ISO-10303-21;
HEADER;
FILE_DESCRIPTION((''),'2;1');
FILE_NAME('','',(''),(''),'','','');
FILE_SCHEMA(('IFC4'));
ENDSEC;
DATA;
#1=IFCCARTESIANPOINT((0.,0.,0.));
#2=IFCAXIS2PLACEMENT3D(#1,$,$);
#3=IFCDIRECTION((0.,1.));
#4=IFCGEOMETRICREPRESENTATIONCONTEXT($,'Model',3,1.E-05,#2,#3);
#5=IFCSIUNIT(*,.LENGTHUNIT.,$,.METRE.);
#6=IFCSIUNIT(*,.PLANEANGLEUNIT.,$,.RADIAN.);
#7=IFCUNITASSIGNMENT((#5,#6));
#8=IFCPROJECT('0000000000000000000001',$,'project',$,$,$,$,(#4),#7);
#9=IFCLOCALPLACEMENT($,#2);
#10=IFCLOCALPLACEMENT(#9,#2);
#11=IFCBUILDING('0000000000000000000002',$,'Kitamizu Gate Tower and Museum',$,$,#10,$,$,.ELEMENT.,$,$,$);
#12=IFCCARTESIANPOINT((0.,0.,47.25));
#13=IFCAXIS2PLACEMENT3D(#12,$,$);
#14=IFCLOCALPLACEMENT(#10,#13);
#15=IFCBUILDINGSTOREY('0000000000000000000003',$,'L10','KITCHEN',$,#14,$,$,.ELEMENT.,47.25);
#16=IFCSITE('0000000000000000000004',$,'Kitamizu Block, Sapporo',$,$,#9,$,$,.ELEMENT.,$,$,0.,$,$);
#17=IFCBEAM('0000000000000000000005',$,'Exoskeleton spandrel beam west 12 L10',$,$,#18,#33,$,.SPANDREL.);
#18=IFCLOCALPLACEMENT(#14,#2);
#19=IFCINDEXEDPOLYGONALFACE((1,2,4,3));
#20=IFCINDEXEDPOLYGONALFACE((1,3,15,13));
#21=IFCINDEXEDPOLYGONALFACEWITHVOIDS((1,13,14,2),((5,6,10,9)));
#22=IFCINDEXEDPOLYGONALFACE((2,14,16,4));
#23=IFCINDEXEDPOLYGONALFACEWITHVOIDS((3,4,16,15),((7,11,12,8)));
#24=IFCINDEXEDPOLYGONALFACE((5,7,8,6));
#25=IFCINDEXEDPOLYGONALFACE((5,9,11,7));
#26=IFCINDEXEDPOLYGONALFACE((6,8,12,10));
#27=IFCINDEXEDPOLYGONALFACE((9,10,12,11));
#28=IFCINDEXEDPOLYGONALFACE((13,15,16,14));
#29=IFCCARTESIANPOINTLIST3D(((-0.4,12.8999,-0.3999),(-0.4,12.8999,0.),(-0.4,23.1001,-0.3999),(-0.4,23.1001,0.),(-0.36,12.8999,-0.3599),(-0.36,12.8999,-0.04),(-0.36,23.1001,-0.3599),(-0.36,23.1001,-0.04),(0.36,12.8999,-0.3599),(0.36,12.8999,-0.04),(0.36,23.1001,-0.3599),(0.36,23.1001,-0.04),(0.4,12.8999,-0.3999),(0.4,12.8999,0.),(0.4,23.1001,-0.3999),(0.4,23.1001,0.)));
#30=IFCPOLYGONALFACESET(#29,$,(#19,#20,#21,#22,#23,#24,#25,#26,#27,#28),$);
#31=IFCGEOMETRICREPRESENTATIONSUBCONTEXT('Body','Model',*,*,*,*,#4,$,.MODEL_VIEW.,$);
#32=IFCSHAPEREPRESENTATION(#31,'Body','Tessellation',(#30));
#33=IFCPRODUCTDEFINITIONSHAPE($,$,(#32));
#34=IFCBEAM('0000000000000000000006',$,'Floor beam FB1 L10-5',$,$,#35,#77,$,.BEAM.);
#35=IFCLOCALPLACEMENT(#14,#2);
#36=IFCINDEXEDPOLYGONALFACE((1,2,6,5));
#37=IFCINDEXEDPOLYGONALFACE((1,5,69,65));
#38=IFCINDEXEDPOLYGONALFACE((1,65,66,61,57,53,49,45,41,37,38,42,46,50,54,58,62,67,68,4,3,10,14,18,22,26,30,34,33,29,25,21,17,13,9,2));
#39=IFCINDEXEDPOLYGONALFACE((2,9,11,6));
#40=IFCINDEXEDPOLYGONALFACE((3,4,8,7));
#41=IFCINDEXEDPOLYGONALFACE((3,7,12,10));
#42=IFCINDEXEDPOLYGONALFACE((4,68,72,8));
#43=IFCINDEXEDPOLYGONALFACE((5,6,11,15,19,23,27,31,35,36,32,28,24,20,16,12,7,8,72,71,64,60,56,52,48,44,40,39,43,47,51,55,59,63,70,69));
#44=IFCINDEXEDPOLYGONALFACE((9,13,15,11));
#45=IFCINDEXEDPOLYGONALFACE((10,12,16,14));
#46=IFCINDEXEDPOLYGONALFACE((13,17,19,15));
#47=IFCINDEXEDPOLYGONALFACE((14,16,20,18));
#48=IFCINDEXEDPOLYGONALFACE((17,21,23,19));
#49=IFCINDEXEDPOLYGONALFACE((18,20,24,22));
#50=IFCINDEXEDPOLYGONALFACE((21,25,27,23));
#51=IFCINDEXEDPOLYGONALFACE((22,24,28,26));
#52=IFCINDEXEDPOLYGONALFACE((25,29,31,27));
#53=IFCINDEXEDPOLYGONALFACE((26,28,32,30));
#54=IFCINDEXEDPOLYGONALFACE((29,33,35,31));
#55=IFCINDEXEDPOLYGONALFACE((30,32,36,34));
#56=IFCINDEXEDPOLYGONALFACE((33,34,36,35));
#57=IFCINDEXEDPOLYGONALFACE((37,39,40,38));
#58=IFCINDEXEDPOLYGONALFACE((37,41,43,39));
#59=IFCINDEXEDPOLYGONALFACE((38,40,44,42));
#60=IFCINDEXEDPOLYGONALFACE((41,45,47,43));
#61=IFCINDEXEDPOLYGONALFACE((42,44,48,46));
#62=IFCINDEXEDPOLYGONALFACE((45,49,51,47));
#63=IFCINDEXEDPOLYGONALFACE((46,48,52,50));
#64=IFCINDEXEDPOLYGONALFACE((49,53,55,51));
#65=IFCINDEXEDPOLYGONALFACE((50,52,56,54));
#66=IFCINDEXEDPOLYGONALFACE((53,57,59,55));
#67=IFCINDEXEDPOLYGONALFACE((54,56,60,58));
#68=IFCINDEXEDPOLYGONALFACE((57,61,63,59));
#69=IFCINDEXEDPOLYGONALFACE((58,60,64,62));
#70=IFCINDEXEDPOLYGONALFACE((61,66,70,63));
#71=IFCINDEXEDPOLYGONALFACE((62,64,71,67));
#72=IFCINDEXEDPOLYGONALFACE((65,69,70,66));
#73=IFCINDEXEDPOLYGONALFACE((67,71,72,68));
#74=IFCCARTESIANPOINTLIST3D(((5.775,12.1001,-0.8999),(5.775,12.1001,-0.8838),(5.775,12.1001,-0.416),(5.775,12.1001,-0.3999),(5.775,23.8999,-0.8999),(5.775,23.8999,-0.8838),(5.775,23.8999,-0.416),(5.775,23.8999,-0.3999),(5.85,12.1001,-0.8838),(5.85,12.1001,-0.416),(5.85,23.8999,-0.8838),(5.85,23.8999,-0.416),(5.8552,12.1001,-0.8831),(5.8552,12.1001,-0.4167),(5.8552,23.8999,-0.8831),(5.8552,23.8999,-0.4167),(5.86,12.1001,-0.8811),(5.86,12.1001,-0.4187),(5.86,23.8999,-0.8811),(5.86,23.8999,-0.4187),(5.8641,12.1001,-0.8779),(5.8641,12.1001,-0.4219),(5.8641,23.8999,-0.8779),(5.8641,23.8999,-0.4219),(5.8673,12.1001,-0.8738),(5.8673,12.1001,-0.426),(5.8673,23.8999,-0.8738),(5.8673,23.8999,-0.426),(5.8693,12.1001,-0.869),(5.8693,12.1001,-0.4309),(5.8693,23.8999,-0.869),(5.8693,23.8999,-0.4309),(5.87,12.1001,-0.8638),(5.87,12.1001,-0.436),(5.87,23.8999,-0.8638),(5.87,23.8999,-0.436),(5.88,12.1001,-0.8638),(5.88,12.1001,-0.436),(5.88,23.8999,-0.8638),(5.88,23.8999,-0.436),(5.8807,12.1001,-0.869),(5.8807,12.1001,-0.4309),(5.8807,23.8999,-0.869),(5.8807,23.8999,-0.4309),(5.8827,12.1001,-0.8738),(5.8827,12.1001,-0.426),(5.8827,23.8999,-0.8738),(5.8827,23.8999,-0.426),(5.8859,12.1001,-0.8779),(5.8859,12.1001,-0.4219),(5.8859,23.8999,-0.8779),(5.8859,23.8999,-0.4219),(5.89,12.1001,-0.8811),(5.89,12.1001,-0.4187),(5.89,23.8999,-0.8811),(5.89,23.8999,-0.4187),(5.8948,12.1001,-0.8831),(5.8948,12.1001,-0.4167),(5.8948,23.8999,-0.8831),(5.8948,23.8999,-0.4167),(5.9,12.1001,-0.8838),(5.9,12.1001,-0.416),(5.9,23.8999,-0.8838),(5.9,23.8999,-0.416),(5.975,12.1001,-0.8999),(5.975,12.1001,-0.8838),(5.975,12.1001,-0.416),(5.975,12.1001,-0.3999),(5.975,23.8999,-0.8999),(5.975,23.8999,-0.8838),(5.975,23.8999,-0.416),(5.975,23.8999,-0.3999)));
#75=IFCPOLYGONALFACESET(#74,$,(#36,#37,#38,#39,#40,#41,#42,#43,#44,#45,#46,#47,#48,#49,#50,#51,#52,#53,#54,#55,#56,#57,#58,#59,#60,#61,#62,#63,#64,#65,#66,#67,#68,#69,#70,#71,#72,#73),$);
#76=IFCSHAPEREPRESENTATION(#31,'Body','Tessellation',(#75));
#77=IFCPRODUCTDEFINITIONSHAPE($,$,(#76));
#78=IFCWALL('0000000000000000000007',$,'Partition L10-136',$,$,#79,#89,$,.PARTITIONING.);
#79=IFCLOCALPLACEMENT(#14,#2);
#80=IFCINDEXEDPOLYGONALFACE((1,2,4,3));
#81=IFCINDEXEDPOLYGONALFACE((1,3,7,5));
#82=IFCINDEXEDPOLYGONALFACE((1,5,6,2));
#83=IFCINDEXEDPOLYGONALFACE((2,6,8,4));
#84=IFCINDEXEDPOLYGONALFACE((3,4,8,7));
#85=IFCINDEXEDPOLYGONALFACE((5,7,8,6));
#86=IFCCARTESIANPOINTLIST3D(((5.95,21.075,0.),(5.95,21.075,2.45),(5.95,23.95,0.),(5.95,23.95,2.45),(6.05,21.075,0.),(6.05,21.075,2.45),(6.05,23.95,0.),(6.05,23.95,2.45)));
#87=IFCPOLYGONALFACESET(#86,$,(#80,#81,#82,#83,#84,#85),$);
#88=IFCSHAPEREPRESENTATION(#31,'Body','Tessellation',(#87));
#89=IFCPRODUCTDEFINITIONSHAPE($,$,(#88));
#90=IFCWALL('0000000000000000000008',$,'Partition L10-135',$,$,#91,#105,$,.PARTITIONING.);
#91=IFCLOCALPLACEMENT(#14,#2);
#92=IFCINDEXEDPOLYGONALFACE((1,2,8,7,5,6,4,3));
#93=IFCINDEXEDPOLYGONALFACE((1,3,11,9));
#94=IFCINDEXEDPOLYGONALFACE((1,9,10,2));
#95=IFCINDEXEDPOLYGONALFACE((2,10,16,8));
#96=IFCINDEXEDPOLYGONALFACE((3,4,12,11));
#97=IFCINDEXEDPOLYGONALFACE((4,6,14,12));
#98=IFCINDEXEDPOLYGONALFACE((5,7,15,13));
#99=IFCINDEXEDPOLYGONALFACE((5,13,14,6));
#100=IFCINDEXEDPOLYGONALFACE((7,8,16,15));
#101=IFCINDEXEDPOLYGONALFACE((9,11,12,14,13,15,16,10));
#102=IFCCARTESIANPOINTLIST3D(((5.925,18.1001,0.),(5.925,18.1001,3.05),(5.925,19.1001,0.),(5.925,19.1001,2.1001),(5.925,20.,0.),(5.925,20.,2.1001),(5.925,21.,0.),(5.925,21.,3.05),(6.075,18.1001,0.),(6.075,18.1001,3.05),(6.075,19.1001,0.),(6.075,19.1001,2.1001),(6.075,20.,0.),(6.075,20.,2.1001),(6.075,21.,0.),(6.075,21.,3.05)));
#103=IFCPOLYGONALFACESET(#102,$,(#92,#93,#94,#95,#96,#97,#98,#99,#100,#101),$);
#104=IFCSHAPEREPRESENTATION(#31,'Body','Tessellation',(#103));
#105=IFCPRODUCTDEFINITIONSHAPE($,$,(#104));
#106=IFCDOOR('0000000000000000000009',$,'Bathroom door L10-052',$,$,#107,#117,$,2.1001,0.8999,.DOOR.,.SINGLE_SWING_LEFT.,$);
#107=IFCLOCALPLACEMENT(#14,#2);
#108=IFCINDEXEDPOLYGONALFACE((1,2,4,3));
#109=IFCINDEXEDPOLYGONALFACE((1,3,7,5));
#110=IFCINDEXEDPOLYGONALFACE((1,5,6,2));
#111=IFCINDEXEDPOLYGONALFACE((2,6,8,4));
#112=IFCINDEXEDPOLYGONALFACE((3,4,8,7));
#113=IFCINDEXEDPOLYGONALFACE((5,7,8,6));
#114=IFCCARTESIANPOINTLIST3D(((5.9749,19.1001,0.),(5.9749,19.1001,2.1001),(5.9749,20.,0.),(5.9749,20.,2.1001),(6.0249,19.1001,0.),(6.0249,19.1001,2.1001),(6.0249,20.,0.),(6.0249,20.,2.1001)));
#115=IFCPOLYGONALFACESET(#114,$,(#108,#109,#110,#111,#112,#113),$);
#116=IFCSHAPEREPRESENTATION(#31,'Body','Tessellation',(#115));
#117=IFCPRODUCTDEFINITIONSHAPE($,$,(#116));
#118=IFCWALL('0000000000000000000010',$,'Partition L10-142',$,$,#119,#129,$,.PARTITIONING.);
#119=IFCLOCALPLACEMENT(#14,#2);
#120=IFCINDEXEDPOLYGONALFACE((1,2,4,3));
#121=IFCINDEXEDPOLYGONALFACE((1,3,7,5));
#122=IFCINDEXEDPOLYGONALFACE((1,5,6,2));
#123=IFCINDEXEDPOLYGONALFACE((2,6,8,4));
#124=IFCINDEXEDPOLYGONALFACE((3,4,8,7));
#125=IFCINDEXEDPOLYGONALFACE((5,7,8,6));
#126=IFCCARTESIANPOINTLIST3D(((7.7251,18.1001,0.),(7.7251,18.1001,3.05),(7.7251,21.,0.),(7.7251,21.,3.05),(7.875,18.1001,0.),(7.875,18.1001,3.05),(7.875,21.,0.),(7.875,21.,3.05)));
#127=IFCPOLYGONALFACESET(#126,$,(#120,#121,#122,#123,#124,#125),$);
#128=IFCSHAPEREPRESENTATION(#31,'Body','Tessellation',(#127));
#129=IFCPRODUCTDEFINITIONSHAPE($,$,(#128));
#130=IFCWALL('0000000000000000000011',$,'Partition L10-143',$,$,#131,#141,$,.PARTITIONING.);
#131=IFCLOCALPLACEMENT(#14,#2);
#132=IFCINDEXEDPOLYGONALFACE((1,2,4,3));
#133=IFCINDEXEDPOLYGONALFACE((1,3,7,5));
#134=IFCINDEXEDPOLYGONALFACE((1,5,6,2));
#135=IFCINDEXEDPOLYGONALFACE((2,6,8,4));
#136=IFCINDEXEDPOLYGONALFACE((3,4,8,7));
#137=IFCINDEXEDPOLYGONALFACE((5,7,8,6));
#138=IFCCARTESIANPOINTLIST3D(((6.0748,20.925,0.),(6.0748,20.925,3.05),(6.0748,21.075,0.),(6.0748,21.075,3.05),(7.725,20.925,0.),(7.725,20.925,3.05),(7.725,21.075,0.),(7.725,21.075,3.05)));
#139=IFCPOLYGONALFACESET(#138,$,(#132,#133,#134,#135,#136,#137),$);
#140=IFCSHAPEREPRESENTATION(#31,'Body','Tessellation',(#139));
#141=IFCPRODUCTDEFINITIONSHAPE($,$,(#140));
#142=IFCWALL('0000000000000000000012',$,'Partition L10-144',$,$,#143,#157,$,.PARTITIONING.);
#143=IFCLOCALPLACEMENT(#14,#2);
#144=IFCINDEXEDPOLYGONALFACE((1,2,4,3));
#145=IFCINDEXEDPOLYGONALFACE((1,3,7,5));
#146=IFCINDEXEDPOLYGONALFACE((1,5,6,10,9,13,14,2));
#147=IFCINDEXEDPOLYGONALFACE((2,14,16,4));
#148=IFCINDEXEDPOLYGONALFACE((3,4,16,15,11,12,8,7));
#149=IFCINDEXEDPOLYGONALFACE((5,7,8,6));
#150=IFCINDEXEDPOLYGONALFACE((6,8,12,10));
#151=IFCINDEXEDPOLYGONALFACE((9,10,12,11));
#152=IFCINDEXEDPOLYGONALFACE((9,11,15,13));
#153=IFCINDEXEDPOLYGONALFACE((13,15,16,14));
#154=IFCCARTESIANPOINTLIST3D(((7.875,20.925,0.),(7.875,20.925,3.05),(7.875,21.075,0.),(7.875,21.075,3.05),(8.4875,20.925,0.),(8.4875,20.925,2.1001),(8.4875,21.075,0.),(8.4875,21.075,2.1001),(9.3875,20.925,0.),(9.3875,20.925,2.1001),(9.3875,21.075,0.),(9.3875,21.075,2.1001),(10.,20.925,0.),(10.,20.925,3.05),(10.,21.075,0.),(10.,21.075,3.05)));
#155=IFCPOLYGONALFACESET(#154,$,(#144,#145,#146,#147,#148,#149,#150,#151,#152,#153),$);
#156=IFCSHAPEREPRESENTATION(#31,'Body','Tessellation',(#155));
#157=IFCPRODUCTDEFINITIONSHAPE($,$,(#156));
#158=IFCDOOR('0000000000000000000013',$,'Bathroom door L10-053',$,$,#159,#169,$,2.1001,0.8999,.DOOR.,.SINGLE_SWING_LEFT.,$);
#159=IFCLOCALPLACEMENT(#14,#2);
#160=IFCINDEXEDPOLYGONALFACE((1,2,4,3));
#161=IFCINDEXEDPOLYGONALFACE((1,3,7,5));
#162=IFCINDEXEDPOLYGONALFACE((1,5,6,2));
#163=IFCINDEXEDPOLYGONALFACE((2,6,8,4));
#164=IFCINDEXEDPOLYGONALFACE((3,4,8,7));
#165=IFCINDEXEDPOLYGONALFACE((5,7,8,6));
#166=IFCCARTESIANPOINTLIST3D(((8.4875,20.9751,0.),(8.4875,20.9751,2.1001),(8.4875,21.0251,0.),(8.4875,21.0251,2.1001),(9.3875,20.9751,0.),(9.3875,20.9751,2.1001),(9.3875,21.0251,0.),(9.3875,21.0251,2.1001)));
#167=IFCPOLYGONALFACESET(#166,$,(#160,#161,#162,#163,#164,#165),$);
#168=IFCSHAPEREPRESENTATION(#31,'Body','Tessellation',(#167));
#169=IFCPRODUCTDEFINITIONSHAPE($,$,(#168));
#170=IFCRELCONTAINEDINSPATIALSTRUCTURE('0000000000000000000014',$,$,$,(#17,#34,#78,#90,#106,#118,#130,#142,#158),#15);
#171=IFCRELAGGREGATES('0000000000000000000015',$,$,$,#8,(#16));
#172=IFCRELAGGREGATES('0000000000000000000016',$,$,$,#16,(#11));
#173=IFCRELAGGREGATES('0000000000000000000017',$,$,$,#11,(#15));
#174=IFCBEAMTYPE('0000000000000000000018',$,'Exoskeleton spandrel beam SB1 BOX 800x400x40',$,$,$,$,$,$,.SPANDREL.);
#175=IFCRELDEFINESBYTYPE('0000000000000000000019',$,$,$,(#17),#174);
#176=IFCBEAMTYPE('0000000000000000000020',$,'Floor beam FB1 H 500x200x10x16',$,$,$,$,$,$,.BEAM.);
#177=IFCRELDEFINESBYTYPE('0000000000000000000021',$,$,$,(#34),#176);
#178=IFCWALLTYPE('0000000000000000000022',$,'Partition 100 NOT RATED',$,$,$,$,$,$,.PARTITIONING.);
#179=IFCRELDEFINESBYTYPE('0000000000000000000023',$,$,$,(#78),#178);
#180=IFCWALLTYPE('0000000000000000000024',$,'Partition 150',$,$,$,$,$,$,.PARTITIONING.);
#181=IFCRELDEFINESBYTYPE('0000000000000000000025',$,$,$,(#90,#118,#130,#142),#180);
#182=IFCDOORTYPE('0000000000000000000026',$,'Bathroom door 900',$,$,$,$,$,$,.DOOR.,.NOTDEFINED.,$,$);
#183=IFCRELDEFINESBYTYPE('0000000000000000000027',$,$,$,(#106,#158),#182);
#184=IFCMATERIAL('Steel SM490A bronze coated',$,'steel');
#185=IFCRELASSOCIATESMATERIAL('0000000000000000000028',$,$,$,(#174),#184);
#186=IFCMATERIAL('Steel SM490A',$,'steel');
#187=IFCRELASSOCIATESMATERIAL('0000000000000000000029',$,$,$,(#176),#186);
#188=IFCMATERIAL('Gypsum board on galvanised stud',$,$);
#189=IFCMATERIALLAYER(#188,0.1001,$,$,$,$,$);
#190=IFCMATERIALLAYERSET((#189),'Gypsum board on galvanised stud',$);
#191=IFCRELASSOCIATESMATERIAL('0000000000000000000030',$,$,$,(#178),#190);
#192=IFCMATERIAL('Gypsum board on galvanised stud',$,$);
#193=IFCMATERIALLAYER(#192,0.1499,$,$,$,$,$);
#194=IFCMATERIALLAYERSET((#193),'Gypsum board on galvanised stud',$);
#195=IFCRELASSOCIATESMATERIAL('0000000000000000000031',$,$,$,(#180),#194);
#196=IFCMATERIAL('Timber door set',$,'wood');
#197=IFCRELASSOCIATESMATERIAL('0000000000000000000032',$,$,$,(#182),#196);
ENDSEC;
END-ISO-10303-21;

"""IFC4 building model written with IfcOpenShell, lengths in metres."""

from ifc_helpers import new_model, si_unit, direction, frame, frame_2d, origin, origin_2d, place, context, subcontext, project, spatial, rectangle, hollow_rectangle, i_section, extrude, material, layer, layer_set, material_profile, profile_set, type_object, element, fill, save


model = new_model("IFC4")

# Units and contexts
model_context = context("Model", 3, precision=1e-05, world=origin(), true_north=direction((0.0, 1.0)))
body_context = subcontext(model_context, "Body", "Model", "MODEL_VIEW")
ifc_project = project(units=[si_unit("LENGTHUNIT", "METRE"), si_unit("PLANEANGLEUNIT", "RADIAN")], contexts=[model_context])

# Site, building, storey
site_placement = place(None, origin())
site = spatial("IfcSite", under=ifc_project, at=site_placement, Name="Kitamizu Block, Sapporo", CompositionType="ELEMENT", RefElevation=0.0)
building_placement = place(site_placement, origin())
building = spatial("IfcBuilding", under=site, at=building_placement, Name="Kitamizu Gate Tower and Museum", CompositionType="ELEMENT")
storey_placement = place(building_placement, frame((0.0, 0.0, 47.25)))
storey = spatial("IfcBuildingStorey", under=building, at=storey_placement, Name="L10", Description="KITCHEN", CompositionType="ELEMENT", Elevation=47.25)

# Beams
ifc_material_1 = material(Name="Steel SM490A bronze coated", Category="steel")
ifc_material_profile_1 = material_profile(ifc_material_1, hollow_rectangle(XDim=0.8, YDim=0.3999, WallThickness=0.04, at=origin_2d()), Name="BOX 800x400x40")
ifc_profile_set_1 = profile_set([ifc_material_profile_1], Name="Steel SM490A bronze coated")
beam_type_1 = type_object("IfcBeamType", Name="Exoskeleton spandrel beam SB1 BOX 800x400x40", PredefinedType="SPANDREL", material=ifc_profile_set_1)
beam_1_placement = place(storey_placement, frame((0.0, 12.8999, -0.2), z_axis=(0.0, 1.0, 0.0), x_axis=(-1.0, 0.0, 0.0)))
element("IfcBeam", 1, at=beam_1_placement, inside=storey, type_object=beam_type_1, Name="Exoskeleton spandrel beam west 12 L10", PredefinedType="SPANDREL", context=body_context, shape_type="SweptSolid", body=[
    extrude(hollow_rectangle(XDim=0.8, YDim=0.3999, WallThickness=0.04, at=origin_2d()), origin(), (0.0, 0.0, 1.0), 10.2002),
])
ifc_material_2 = material(Name="Steel SM490A", Category="steel")
ifc_material_profile_2 = material_profile(ifc_material_2, i_section(OverallWidth=0.2, OverallDepth=0.5, WebThickness=0.01, FlangeThickness=0.0161, FilletRadius=0.02, at=origin_2d()), Name="H-500x200x10x16")
ifc_profile_set_2 = profile_set([ifc_material_profile_2], Name="Steel SM490A")
beam_type_2 = type_object("IfcBeamType", Name="Floor beam FB1 H 500x200x10x16", PredefinedType="BEAM", material=ifc_profile_set_2)
beam_2_placement = place(storey_placement, frame((5.875, 12.1001, -0.6499), z_axis=(0.0, 1.0, 0.0), x_axis=(-1.0, 0.0, 0.0)))
element("IfcBeam", 2, at=beam_2_placement, inside=storey, type_object=beam_type_2, Name="Floor beam FB1 L10-5", PredefinedType="BEAM", context=body_context, shape_type="SweptSolid", body=[
    extrude(i_section(OverallWidth=0.2, OverallDepth=0.5, WebThickness=0.01, FlangeThickness=0.0161, FilletRadius=0.02, at=origin_2d()), origin(), (0.0, 0.0, 1.0), 11.7998),
])

# Wall
ifc_material_3 = material(Name="Gypsum board on galvanised stud")
ifc_layer_1 = layer(ifc_material_3, 0.1001)
ifc_layer_set_1 = layer_set([ifc_layer_1], Name="Gypsum board on galvanised stud")
wall_type_1 = type_object("IfcWallType", Name="Partition 100 NOT RATED", PredefinedType="PARTITIONING", material=ifc_layer_set_1)
wall_1_placement = place(storey_placement, frame((6.0, 21.075, 0.0), z_axis=(0.0, 0.0, 1.0), x_axis=(0.0, 1.0, 0.0)))
element("IfcWall", 3, at=wall_1_placement, inside=storey, type_object=wall_type_1, Name="Partition L10-136", PredefinedType="PARTITIONING", context=body_context, shape_type="SweptSolid", body=[
    extrude(rectangle(XDim=2.875, YDim=0.1001, at=frame_2d((1.4375, 0.0))), origin(), (0.0, 0.0, 1.0), 2.45),
])

# Wall, opening, door
ifc_material_4 = material(Name="Gypsum board on galvanised stud")
ifc_layer_2 = layer(ifc_material_4, 0.1499)
ifc_layer_set_2 = layer_set([ifc_layer_2], Name="Gypsum board on galvanised stud")
wall_type_2 = type_object("IfcWallType", Name="Partition 150", PredefinedType="PARTITIONING", material=ifc_layer_set_2)
wall_2_placement = place(storey_placement, frame((6.0, 18.1001, 0.0), z_axis=(0.0, 0.0, 1.0), x_axis=(0.0, 1.0, 0.0)))
wall_2 = element("IfcWall", 4, at=wall_2_placement, inside=storey, type_object=wall_type_2, Name="Partition L10-135", PredefinedType="PARTITIONING", context=body_context, shape_type="SweptSolid", body=[
    extrude(rectangle(XDim=2.8999, YDim=0.1499, at=frame_2d((1.45, 0.0))), origin(), (0.0, 0.0, 1.0), 3.05),
])
opening_1_placement = place(wall_2_placement, frame((1.0, 0.0, 0.0)))
opening_1 = element("IfcOpeningElement", 5, at=opening_1_placement, cuts=wall_2, PredefinedType="OPENING", context=body_context, shape_type="SweptSolid", body=[
    extrude(rectangle(XDim=0.8999, YDim=2.1001, at=frame_2d((0.45, 1.05))), frame((0.0, 0.085, 0.0), z_axis=(0.0, -1.0, 0.0), x_axis=(1.0, 0.0, 0.0)), (0.0, 0.0, 1.0), 0.1699),
])
ifc_material_5 = material(Name="Timber door set", Category="wood")
door_type = type_object("IfcDoorType", Name="Bathroom door 900", OperationType="NOTDEFINED", PredefinedType="DOOR", material=ifc_material_5)
door_1_placement = place(opening_1_placement, frame((0.8999, 0.0, 0.0), x_axis=(-1.0, 0.0, 0.0)))
door_1 = element("IfcDoor", 6, at=door_1_placement, inside=storey, type_object=door_type, Name="Bathroom door L10-052", OperationType="SINGLE_SWING_LEFT", OverallHeight=2.1001, OverallWidth=0.8999, PredefinedType="DOOR", context=body_context, shape_type="SweptSolid", body=[
    extrude(rectangle(XDim=0.8999, YDim=2.1001, at=frame_2d((0.45, 1.05))), frame((0.0, 0.0249, 0.0), z_axis=(0.0, -1.0, 0.0), x_axis=(1.0, 0.0, 0.0)), (0.0, 0.0, 1.0), 0.05),
])
fill(opening_1, door_1)

# Walls
wall_3_placement = place(storey_placement, frame((7.8, 18.1001, 0.0), z_axis=(0.0, 0.0, 1.0), x_axis=(0.0, 1.0, 0.0)))
element("IfcWall", 7, at=wall_3_placement, inside=storey, type_object=wall_type_2, Name="Partition L10-142", PredefinedType="PARTITIONING", context=body_context, shape_type="SweptSolid", body=[
    extrude(rectangle(XDim=2.8999, YDim=0.1499, at=frame_2d((1.45, 0.0))), origin(), (0.0, 0.0, 1.0), 3.05),
])
wall_4_placement = place(storey_placement, frame((7.7251, 21.0, 0.0), z_axis=(0.0, 0.0, 1.0), x_axis=(-1.0, 0.0, 0.0)))
element("IfcWall", 8, at=wall_4_placement, inside=storey, type_object=wall_type_2, Name="Partition L10-143", PredefinedType="PARTITIONING", context=body_context, shape_type="SweptSolid", body=[
    extrude(rectangle(XDim=1.6501, YDim=0.1499, at=frame_2d((0.8252, 0.0))), origin(), (0.0, 0.0, 1.0), 3.05),
])

# Wall, opening, door
wall_5_placement = place(storey_placement, frame((10.0, 21.0, 0.0), z_axis=(0.0, 0.0, 1.0), x_axis=(-1.0, 0.0, 0.0)))
wall_5 = element("IfcWall", 9, at=wall_5_placement, inside=storey, type_object=wall_type_2, Name="Partition L10-144", PredefinedType="PARTITIONING", context=body_context, shape_type="SweptSolid", body=[
    extrude(rectangle(XDim=2.125, YDim=0.1499, at=frame_2d((1.0625, 0.0))), origin(), (0.0, 0.0, 1.0), 3.05),
])
opening_2_placement = place(wall_5_placement, frame((0.6125, 0.0, 0.0)))
opening_2 = element("IfcOpeningElement", 10, at=opening_2_placement, cuts=wall_5, PredefinedType="OPENING", context=body_context, shape_type="SweptSolid", body=[
    extrude(rectangle(XDim=0.8999, YDim=2.1001, at=frame_2d((0.45, 1.05))), frame((0.0, 0.085, 0.0), z_axis=(0.0, -1.0, 0.0), x_axis=(1.0, 0.0, 0.0)), (0.0, 0.0, 1.0), 0.1699),
])
door_2_placement = place(opening_2_placement, origin())
door_2 = element("IfcDoor", 11, at=door_2_placement, inside=storey, type_object=door_type, Name="Bathroom door L10-053", OperationType="SINGLE_SWING_LEFT", OverallHeight=2.1001, OverallWidth=0.8999, PredefinedType="DOOR", context=body_context, shape_type="SweptSolid", body=[
    extrude(rectangle(XDim=0.8999, YDim=2.1001, at=frame_2d((0.45, 1.05))), frame((0.0, 0.0249, 0.0), z_axis=(0.0, -1.0, 0.0), x_axis=(1.0, 0.0, 0.0)), (0.0, 0.0, 1.0), 0.05),
])
fill(opening_2, door_2)

save(model, "model.ifc")
